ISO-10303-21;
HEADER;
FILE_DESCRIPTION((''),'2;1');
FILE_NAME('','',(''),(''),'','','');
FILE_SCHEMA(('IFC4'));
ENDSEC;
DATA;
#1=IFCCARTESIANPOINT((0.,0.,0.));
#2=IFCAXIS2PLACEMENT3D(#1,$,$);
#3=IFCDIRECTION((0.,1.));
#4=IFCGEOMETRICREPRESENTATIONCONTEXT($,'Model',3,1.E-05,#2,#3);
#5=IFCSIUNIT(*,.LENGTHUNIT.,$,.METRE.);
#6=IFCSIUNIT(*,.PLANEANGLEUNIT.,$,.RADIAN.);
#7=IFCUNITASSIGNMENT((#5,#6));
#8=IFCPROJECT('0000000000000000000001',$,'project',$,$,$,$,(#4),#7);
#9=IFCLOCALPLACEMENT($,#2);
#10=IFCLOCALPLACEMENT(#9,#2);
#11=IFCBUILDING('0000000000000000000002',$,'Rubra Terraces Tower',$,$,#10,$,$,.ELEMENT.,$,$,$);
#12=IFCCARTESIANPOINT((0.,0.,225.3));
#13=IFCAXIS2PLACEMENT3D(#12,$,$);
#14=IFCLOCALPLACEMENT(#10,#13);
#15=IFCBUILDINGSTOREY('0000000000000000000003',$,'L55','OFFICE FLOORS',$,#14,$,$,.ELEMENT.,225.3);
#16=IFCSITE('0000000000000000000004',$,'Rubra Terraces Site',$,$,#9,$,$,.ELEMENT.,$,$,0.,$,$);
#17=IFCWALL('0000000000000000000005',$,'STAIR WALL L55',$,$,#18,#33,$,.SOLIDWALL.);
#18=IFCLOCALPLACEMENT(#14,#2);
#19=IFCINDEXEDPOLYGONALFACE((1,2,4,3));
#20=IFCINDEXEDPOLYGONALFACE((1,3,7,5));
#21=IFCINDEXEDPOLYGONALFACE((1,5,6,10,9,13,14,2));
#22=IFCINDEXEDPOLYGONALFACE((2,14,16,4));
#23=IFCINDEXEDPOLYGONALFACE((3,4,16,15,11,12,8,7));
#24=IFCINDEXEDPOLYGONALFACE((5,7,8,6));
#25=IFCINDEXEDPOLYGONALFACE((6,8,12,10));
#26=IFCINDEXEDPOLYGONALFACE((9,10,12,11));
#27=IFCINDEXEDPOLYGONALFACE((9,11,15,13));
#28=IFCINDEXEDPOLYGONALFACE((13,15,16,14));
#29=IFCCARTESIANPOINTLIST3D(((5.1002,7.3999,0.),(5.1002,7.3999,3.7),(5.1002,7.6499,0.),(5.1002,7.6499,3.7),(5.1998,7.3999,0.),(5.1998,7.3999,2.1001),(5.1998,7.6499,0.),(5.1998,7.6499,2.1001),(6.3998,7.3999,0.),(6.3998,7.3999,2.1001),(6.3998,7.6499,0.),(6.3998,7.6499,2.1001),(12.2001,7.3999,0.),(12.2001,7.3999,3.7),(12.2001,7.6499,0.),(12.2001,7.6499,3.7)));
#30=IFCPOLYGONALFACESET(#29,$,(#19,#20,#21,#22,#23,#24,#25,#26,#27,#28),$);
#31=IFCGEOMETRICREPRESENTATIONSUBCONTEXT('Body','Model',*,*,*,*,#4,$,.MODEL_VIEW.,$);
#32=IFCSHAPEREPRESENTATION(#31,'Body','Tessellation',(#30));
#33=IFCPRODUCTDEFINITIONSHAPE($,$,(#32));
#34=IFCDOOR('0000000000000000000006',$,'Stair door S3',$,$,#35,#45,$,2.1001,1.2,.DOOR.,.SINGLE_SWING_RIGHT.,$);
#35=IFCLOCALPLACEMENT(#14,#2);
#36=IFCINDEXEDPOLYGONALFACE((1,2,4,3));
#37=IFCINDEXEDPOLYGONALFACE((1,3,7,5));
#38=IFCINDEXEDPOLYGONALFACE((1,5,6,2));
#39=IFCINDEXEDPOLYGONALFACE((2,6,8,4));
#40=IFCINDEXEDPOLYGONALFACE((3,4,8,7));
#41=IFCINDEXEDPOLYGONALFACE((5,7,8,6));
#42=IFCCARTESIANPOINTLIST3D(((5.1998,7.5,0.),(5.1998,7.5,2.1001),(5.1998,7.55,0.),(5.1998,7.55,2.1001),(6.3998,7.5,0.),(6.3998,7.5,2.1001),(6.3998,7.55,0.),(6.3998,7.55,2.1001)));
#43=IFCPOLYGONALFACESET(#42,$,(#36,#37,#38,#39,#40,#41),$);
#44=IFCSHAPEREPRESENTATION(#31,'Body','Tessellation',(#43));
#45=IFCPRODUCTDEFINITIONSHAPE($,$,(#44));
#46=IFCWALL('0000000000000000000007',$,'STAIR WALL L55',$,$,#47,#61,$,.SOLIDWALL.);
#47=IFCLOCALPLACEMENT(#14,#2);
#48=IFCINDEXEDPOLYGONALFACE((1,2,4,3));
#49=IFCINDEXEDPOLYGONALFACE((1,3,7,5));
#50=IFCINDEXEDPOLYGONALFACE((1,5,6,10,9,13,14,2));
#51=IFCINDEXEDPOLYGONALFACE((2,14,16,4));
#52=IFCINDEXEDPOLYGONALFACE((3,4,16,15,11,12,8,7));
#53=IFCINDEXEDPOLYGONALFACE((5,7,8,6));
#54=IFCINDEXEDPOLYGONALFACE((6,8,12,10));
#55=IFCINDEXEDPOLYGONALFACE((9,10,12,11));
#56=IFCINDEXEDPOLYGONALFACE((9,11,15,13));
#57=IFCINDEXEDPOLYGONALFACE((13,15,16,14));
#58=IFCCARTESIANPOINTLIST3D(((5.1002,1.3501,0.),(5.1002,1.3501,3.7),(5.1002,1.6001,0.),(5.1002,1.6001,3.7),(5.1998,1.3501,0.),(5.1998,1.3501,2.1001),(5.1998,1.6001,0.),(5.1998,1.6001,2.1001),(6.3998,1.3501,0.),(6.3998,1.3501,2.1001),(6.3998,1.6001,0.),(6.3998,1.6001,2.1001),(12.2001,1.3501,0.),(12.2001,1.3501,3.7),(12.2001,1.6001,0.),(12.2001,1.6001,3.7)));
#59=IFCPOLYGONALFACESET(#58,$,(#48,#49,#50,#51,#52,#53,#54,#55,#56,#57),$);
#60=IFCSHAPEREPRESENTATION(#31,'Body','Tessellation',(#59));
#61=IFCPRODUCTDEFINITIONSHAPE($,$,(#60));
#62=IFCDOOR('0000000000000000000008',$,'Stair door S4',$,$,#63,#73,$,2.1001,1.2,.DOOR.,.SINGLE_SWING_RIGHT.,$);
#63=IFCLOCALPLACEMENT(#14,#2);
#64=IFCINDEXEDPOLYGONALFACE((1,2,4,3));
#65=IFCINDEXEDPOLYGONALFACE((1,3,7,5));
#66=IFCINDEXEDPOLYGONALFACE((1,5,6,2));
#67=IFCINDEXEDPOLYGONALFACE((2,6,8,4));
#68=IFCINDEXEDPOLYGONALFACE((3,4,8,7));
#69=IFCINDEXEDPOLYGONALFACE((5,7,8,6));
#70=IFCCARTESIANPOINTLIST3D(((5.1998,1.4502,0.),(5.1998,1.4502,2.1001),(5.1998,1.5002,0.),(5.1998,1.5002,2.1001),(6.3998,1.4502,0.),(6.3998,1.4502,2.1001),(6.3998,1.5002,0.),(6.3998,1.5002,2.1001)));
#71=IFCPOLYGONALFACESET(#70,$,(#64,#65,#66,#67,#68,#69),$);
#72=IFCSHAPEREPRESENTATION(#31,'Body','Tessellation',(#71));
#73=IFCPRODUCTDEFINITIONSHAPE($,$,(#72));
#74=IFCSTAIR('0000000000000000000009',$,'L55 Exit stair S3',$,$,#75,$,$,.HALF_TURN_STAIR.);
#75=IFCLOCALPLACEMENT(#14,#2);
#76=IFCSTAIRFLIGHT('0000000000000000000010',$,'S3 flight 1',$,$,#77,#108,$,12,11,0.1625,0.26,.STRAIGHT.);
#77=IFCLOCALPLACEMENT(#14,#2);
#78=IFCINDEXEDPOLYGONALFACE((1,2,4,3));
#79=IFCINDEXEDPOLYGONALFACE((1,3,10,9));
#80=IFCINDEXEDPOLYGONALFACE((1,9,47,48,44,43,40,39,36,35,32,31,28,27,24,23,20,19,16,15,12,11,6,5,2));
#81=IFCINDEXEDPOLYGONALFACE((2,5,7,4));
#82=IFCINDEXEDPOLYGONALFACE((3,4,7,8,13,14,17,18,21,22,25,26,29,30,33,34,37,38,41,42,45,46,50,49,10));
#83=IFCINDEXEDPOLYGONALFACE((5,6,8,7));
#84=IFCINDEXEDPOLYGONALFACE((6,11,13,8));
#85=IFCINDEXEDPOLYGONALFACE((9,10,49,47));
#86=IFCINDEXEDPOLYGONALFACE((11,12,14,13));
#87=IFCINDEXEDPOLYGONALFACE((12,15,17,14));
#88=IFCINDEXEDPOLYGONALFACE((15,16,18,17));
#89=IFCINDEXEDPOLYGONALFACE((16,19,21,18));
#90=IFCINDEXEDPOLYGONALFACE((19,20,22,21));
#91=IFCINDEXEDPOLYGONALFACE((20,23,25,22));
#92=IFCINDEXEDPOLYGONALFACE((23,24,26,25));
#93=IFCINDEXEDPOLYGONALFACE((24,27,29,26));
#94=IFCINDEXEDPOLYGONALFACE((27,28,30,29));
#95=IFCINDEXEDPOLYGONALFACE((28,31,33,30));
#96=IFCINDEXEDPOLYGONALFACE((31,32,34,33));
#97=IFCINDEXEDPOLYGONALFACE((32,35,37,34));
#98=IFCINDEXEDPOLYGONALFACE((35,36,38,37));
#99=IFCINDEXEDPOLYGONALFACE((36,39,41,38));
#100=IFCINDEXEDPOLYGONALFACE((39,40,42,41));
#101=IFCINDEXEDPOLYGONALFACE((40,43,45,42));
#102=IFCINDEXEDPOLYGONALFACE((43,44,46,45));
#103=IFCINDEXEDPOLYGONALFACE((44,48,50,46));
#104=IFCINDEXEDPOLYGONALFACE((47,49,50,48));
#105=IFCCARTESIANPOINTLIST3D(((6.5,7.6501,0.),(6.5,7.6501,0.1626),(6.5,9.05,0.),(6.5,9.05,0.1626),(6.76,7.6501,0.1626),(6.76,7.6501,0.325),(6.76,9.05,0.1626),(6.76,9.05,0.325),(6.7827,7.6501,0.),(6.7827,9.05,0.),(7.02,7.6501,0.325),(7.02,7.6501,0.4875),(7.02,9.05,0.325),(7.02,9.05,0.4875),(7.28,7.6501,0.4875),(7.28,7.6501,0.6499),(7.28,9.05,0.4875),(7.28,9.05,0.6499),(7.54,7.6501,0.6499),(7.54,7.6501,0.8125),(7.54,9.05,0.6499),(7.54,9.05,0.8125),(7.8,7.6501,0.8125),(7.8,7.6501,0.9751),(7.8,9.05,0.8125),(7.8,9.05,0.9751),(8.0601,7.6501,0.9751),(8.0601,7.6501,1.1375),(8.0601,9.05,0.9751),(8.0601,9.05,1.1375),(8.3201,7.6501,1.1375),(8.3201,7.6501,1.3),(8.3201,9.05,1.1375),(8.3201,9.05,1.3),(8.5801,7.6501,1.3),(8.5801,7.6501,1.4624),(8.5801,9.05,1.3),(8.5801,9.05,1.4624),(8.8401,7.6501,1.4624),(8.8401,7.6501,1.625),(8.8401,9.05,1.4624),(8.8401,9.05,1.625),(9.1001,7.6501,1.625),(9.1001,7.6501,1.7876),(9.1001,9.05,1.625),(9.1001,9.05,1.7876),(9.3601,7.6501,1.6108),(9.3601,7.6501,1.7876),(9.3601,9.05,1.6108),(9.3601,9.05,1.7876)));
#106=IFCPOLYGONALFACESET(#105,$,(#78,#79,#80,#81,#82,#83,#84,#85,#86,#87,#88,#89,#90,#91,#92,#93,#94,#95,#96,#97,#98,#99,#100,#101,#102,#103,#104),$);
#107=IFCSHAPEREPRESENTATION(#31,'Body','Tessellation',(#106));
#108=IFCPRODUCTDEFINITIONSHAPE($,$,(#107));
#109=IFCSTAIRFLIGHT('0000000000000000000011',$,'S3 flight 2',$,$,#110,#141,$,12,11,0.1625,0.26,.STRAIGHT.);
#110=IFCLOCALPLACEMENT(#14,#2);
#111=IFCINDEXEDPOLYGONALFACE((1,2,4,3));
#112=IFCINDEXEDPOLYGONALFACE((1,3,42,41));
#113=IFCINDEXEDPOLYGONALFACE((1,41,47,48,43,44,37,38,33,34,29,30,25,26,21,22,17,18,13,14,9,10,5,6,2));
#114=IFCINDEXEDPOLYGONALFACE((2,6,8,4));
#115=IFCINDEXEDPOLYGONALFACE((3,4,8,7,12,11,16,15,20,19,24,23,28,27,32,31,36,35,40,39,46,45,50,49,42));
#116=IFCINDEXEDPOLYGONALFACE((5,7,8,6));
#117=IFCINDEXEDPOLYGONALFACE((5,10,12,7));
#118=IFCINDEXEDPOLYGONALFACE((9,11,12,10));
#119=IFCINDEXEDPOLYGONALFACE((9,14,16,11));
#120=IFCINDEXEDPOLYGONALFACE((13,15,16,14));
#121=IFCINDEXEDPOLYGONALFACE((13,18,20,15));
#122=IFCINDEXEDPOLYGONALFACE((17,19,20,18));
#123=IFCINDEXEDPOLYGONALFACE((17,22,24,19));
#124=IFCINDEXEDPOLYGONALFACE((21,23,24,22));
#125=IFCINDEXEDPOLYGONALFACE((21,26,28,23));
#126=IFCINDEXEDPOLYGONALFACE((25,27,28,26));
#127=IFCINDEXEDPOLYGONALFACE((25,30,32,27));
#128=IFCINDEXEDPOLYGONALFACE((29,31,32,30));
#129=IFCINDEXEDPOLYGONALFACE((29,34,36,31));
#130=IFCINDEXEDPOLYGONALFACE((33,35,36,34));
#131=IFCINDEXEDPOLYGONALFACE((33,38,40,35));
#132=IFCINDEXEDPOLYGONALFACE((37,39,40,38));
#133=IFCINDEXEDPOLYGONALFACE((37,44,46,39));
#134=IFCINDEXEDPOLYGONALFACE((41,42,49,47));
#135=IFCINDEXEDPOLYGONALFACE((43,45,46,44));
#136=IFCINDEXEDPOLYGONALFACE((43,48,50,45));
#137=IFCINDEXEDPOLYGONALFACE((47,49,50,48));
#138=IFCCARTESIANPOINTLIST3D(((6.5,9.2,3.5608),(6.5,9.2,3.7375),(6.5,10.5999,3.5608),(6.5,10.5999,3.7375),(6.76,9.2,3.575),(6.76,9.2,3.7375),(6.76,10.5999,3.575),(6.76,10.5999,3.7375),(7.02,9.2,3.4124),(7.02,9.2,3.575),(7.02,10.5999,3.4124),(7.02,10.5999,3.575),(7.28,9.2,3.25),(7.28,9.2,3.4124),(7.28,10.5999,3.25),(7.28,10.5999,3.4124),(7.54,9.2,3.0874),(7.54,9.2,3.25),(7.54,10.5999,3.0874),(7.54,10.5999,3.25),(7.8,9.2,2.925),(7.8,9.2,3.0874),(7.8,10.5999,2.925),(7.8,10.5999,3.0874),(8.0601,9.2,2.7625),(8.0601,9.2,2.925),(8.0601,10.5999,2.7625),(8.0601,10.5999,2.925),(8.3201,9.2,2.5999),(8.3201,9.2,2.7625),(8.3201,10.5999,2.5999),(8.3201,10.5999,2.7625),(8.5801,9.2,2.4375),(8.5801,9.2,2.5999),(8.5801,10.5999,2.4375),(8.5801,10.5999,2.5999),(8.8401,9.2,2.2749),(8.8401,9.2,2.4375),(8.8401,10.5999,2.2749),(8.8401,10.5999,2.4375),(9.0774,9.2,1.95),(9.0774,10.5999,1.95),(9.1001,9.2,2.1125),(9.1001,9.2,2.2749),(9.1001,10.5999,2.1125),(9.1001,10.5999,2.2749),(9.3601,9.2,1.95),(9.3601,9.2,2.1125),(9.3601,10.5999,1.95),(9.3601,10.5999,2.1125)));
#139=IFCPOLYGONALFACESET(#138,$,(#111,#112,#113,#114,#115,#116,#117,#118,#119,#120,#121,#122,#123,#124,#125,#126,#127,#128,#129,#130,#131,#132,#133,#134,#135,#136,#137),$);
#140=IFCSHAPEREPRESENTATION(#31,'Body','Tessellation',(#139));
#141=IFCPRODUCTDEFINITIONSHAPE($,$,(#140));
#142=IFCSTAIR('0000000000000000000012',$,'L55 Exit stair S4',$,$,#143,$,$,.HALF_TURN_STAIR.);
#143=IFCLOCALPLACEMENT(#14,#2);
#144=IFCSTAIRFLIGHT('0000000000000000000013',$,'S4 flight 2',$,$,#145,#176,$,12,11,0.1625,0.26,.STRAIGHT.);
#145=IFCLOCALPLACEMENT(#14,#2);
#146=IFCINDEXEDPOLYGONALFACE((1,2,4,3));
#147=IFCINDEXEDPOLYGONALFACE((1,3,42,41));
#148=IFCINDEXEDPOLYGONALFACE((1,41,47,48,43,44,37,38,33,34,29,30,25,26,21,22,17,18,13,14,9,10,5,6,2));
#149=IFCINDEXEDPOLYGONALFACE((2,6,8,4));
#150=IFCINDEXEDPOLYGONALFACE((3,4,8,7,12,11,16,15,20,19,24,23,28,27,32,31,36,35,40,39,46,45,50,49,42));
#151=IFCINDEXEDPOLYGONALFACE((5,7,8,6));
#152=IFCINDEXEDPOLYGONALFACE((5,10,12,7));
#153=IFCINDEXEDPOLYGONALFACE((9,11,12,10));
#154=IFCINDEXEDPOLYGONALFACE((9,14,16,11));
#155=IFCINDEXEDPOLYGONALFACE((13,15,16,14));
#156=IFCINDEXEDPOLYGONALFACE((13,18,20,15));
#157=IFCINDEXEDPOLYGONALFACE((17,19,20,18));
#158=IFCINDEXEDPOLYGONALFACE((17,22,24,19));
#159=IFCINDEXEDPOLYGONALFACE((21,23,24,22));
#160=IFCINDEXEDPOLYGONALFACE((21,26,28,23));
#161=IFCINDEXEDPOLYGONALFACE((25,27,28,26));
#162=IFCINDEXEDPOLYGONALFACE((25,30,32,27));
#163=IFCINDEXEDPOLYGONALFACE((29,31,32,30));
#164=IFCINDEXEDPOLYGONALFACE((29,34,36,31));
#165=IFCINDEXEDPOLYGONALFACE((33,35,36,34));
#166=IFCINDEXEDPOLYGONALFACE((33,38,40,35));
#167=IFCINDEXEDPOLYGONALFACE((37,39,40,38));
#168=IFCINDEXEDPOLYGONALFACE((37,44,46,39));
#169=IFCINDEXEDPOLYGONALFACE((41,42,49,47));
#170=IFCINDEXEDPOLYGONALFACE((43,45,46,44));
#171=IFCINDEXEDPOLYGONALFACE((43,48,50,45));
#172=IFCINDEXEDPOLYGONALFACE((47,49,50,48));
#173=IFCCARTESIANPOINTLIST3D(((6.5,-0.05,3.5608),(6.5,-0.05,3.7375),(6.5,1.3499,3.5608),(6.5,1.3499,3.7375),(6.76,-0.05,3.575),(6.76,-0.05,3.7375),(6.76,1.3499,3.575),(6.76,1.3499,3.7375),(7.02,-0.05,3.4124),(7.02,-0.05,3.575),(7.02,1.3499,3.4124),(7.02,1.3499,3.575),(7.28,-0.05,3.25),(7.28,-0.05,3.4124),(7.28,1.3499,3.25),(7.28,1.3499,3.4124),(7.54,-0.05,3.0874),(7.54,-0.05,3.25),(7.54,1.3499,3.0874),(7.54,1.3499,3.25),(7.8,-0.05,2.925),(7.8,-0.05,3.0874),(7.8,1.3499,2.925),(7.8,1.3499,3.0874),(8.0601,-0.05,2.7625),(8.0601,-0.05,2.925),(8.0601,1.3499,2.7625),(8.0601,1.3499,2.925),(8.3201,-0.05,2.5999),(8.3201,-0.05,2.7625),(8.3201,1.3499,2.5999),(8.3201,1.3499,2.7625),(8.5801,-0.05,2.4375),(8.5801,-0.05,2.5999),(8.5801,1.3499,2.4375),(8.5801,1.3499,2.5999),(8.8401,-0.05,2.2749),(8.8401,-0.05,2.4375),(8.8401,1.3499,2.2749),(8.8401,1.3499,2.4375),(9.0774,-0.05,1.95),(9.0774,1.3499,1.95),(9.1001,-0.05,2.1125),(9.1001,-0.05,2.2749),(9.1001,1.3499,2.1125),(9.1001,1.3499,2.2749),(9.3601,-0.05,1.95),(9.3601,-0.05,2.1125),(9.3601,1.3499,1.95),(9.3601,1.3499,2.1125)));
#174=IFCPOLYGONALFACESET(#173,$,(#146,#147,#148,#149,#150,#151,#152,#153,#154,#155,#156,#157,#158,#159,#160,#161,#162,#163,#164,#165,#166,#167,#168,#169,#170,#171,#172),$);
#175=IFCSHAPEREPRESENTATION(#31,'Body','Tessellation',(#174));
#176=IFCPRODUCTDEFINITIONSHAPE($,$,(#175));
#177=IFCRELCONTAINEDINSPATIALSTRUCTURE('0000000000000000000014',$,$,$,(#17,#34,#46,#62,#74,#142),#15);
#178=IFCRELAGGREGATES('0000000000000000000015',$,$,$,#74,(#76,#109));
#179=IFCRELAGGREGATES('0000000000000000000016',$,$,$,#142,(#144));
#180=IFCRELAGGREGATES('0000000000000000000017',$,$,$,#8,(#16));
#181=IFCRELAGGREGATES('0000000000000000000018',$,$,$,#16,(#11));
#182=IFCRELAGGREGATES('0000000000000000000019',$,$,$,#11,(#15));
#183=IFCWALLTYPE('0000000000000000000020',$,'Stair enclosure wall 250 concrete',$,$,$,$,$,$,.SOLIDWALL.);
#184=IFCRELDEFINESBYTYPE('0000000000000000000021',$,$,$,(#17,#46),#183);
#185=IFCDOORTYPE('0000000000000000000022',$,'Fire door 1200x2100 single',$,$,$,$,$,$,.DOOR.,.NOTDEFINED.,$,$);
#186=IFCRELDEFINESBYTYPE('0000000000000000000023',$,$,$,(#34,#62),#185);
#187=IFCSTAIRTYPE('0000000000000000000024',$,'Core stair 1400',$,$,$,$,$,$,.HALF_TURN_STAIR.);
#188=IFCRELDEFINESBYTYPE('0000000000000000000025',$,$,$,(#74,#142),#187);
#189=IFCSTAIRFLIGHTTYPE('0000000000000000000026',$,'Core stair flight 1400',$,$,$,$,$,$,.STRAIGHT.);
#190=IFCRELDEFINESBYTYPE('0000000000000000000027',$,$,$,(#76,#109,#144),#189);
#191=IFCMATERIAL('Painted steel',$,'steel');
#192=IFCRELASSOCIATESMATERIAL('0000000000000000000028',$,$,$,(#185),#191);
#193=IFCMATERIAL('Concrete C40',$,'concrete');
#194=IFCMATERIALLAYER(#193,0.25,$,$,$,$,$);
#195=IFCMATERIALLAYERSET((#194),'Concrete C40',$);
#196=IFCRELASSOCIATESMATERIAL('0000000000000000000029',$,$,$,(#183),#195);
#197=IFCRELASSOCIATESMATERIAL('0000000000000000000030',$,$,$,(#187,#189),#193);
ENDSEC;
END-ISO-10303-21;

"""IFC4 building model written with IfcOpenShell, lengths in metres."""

from ifc_helpers import new_model, si_unit, direction, frame, frame_2d, origin, place, context, subcontext, project, spatial, polyline, rectangle, outline, extrude, material, layer, layer_set, type_object, element, fill, aggregate, save


model = new_model("IFC4")

# Units and contexts
model_context = context("Model", 3, precision=1e-05, world=origin(), true_north=direction((0.0, 1.0)))
body_context = subcontext(model_context, "Body", "Model", "MODEL_VIEW")
ifc_project = project(units=[si_unit("LENGTHUNIT", "METRE"), si_unit("PLANEANGLEUNIT", "RADIAN")], contexts=[model_context])

# Site, building, storey
site_placement = place(None, origin())
site = spatial("IfcSite", under=ifc_project, at=site_placement, Name="Rubra Terraces Site", CompositionType="ELEMENT", RefElevation=0.0)
building_placement = place(site_placement, origin())
building = spatial("IfcBuilding", under=site, at=building_placement, Name="Rubra Terraces Tower", CompositionType="ELEMENT")
storey_placement = place(building_placement, frame((0.0, 0.0, 225.3)))
storey = spatial("IfcBuildingStorey", under=building, at=storey_placement, Name="L55", Description="OFFICE FLOORS", CompositionType="ELEMENT", Elevation=225.3)

# Shared definitions
ifc_material_1 = material(Name="Concrete C40", Category="concrete")

# Shared definitions
ifc_material_2 = material(Name="Painted steel", Category="steel")
door_type_1 = type_object("IfcDoorType", Name="Fire door 1200x2100 single", OperationType="NOTDEFINED", PredefinedType="DOOR", material=ifc_material_2)

# Walls, openings, doors
ifc_layer_1 = layer(ifc_material_1, 0.25)
ifc_layer_set_1 = layer_set([ifc_layer_1], Name="Concrete C40")
wall_type_1 = type_object("IfcWallType", Name="Stair enclosure wall 250 concrete", PredefinedType="SOLIDWALL", material=ifc_layer_set_1)
wall_1_placement = place(storey_placement, frame((12.2, 7.5249, 0.0), z_axis=(0.0, 0.0, 1.0), x_axis=(-1.0, 0.0, 0.0)))
wall_1 = element("IfcWall", 1, at=wall_1_placement, inside=storey, type_object=wall_type_1, Name="STAIR WALL L55", PredefinedType="SOLIDWALL", context=body_context, shape_type="SweptSolid", body=[
    extrude(rectangle(XDim=7.0999, YDim=0.25, at=frame_2d((3.5498, 0.0))), origin(), (0.0, 0.0, 1.0), 3.7),
])
opening_1_placement = place(wall_1_placement, frame((5.8, 0.0, 0.0)))
opening_1 = element("IfcOpeningElement", 2, at=opening_1_placement, cuts=wall_1, PredefinedType="OPENING", context=body_context, shape_type="SweptSolid", body=[
    extrude(rectangle(XDim=1.2, YDim=2.1001, at=frame_2d((0.6001, 1.05))), frame((0.0, 0.135, 0.0), z_axis=(0.0, -1.0, 0.0), x_axis=(1.0, 0.0, 0.0)), (0.0, 0.0, 1.0), 0.27),
])
door_1_placement = place(opening_1_placement, origin())
door_1 = element("IfcDoor", 3, at=door_1_placement, inside=storey, type_object=door_type_1, Name="Stair door S3", OperationType="SINGLE_SWING_RIGHT", OverallHeight=2.1001, OverallWidth=1.2, PredefinedType="DOOR", context=body_context, shape_type="SweptSolid", body=[
    extrude(rectangle(XDim=1.2, YDim=2.1001, at=frame_2d((0.6001, 1.05))), frame((0.0, 0.0249, 0.0), z_axis=(0.0, -1.0, 0.0), x_axis=(1.0, 0.0, 0.0)), (0.0, 0.0, 1.0), 0.05),
])
fill(opening_1, door_1)
wall_2_placement = place(storey_placement, frame((12.2, 1.4751, 0.0), z_axis=(0.0, 0.0, 1.0), x_axis=(-1.0, 0.0, 0.0)))
wall_2 = element("IfcWall", 4, at=wall_2_placement, inside=storey, type_object=wall_type_1, Name="STAIR WALL L55", PredefinedType="SOLIDWALL", context=body_context, shape_type="SweptSolid", body=[
    extrude(rectangle(XDim=7.0999, YDim=0.25, at=frame_2d((3.5498, 0.0))), origin(), (0.0, 0.0, 1.0), 3.7),
])
opening_2_placement = place(wall_2_placement, frame((5.8, 0.0, 0.0)))
opening_2 = element("IfcOpeningElement", 5, at=opening_2_placement, cuts=wall_2, PredefinedType="OPENING", context=body_context, shape_type="SweptSolid", body=[
    extrude(rectangle(XDim=1.2, YDim=2.1001, at=frame_2d((0.6001, 1.05))), frame((0.0, 0.135, 0.0), z_axis=(0.0, -1.0, 0.0), x_axis=(1.0, 0.0, 0.0)), (0.0, 0.0, 1.0), 0.27),
])
door_2_placement = place(opening_2_placement, origin())
door_2 = element("IfcDoor", 6, at=door_2_placement, inside=storey, type_object=door_type_1, Name="Stair door S4", OperationType="SINGLE_SWING_RIGHT", OverallHeight=2.1001, OverallWidth=1.2, PredefinedType="DOOR", context=body_context, shape_type="SweptSolid", body=[
    extrude(rectangle(XDim=1.2, YDim=2.1001, at=frame_2d((0.6001, 1.05))), frame((0.0, 0.0249, 0.0), z_axis=(0.0, -1.0, 0.0), x_axis=(1.0, 0.0, 0.0)), (0.0, 0.0, 1.0), 0.05),
])
fill(opening_2, door_2)

# Stair, stair flights
stair_type = type_object("IfcStairType", Name="Core stair 1400", PredefinedType="HALF_TURN_STAIR", material=ifc_material_1)
stair_1_placement = place(storey_placement, origin())
stair_1 = element("IfcStair", 7, at=stair_1_placement, inside=storey, type_object=stair_type, Name="L55 Exit stair S3", PredefinedType="HALF_TURN_STAIR")
stair_flight_type = type_object("IfcStairFlightType", Name="Core stair flight 1400", PredefinedType="STRAIGHT", material=ifc_material_1)
stair_flight_1_placement = place(storey_placement, frame((6.5, 8.3501, 0.0), z_axis=(0.0, 0.0, 1.0), x_axis=(1.0, 0.0, 0.0)))
stair_flight_1 = element("IfcStairFlight", 8, at=stair_flight_1_placement, type_object=stair_flight_type, Name="S3 flight 1", NumberOfRisers=12, NumberOfTreads=11, PredefinedType="STRAIGHT", RiserHeight=0.1625, TreadLength=0.26, context=body_context, shape_type="SweptSolid", body=[
    extrude(outline(polyline([(0.0, 0.0), (0.0, 0.1626), (0.26, 0.1626), (0.26, 0.325), (0.52, 0.325), (0.52, 0.4875), (0.78, 0.4875), (0.78, 0.6499), (1.04, 0.6499), (1.04, 0.8125), (1.3, 0.8125), (1.3, 0.9751), (1.5601, 0.9751), (1.5601, 1.1375), (1.8201, 1.1375), (1.8201, 1.3), (2.0801, 1.3), (2.0801, 1.4624), (2.3401, 1.4624), (2.3401, 1.625), (2.6001, 1.625), (2.6001, 1.7876), (2.8601, 1.7876), (2.8601, 1.95), (2.8601, 1.6108), (0.2827, 0.0), (0.0, 0.0)])), frame((0.0, 0.7, 0.0), z_axis=(0.0, -1.0, 0.0), x_axis=(1.0, 0.0, 0.0)), (0.0, 0.0, 1.0), 1.3999),
])
stair_flight_2_placement = place(storey_placement, frame((9.3601, 9.8999, 1.95), z_axis=(0.0, 0.0, 1.0), x_axis=(-1.0, 0.0, 0.0)))
stair_flight_2 = element("IfcStairFlight", 9, at=stair_flight_2_placement, type_object=stair_flight_type, Name="S3 flight 2", NumberOfRisers=12, NumberOfTreads=11, PredefinedType="STRAIGHT", RiserHeight=0.1625, TreadLength=0.26, context=body_context, shape_type="SweptSolid", body=[
    extrude(outline(polyline([(0.0, 0.0), (0.0, 0.1626), (0.26, 0.1626), (0.26, 0.325), (0.52, 0.325), (0.52, 0.4875), (0.78, 0.4875), (0.78, 0.6499), (1.04, 0.6499), (1.04, 0.8125), (1.3, 0.8125), (1.3, 0.9751), (1.5601, 0.9751), (1.5601, 1.1375), (1.8201, 1.1375), (1.8201, 1.3), (2.0801, 1.3), (2.0801, 1.4624), (2.3401, 1.4624), (2.3401, 1.625), (2.6001, 1.625), (2.6001, 1.7876), (2.8601, 1.7876), (2.8601, 1.95), (2.8601, 1.6108), (0.2827, 0.0), (0.0, 0.0)])), frame((0.0, 0.7, 0.0), z_axis=(0.0, -1.0, 0.0), x_axis=(1.0, 0.0, 0.0)), (0.0, 0.0, 1.0), 1.3999),
])
aggregate(stair_1, [stair_flight_1, stair_flight_2])

# Stair, stair flight
stair_2_placement = place(storey_placement, origin())
stair_2 = element("IfcStair", 10, at=stair_2_placement, inside=storey, type_object=stair_type, Name="L55 Exit stair S4", PredefinedType="HALF_TURN_STAIR")
stair_flight_3_placement = place(storey_placement, frame((9.3601, 0.6499, 1.95), z_axis=(0.0, 0.0, 1.0), x_axis=(-1.0, 0.0, 0.0)))
stair_flight_3 = element("IfcStairFlight", 11, at=stair_flight_3_placement, type_object=stair_flight_type, Name="S4 flight 2", NumberOfRisers=12, NumberOfTreads=11, PredefinedType="STRAIGHT", RiserHeight=0.1625, TreadLength=0.26, context=body_context, shape_type="SweptSolid", body=[
    extrude(outline(polyline([(0.0, 0.0), (0.0, 0.1626), (0.26, 0.1626), (0.26, 0.325), (0.52, 0.325), (0.52, 0.4875), (0.78, 0.4875), (0.78, 0.6499), (1.04, 0.6499), (1.04, 0.8125), (1.3, 0.8125), (1.3, 0.9751), (1.5601, 0.9751), (1.5601, 1.1375), (1.8201, 1.1375), (1.8201, 1.3), (2.0801, 1.3), (2.0801, 1.4624), (2.3401, 1.4624), (2.3401, 1.625), (2.6001, 1.625), (2.6001, 1.7876), (2.8601, 1.7876), (2.8601, 1.95), (2.8601, 1.6108), (0.2827, 0.0), (0.0, 0.0)])), frame((0.0, 0.7, 0.0), z_axis=(0.0, -1.0, 0.0), x_axis=(1.0, 0.0, 0.0)), (0.0, 0.0, 1.0), 1.3999),
])
aggregate(stair_2, [stair_flight_3])

save(model, "model.ifc")
